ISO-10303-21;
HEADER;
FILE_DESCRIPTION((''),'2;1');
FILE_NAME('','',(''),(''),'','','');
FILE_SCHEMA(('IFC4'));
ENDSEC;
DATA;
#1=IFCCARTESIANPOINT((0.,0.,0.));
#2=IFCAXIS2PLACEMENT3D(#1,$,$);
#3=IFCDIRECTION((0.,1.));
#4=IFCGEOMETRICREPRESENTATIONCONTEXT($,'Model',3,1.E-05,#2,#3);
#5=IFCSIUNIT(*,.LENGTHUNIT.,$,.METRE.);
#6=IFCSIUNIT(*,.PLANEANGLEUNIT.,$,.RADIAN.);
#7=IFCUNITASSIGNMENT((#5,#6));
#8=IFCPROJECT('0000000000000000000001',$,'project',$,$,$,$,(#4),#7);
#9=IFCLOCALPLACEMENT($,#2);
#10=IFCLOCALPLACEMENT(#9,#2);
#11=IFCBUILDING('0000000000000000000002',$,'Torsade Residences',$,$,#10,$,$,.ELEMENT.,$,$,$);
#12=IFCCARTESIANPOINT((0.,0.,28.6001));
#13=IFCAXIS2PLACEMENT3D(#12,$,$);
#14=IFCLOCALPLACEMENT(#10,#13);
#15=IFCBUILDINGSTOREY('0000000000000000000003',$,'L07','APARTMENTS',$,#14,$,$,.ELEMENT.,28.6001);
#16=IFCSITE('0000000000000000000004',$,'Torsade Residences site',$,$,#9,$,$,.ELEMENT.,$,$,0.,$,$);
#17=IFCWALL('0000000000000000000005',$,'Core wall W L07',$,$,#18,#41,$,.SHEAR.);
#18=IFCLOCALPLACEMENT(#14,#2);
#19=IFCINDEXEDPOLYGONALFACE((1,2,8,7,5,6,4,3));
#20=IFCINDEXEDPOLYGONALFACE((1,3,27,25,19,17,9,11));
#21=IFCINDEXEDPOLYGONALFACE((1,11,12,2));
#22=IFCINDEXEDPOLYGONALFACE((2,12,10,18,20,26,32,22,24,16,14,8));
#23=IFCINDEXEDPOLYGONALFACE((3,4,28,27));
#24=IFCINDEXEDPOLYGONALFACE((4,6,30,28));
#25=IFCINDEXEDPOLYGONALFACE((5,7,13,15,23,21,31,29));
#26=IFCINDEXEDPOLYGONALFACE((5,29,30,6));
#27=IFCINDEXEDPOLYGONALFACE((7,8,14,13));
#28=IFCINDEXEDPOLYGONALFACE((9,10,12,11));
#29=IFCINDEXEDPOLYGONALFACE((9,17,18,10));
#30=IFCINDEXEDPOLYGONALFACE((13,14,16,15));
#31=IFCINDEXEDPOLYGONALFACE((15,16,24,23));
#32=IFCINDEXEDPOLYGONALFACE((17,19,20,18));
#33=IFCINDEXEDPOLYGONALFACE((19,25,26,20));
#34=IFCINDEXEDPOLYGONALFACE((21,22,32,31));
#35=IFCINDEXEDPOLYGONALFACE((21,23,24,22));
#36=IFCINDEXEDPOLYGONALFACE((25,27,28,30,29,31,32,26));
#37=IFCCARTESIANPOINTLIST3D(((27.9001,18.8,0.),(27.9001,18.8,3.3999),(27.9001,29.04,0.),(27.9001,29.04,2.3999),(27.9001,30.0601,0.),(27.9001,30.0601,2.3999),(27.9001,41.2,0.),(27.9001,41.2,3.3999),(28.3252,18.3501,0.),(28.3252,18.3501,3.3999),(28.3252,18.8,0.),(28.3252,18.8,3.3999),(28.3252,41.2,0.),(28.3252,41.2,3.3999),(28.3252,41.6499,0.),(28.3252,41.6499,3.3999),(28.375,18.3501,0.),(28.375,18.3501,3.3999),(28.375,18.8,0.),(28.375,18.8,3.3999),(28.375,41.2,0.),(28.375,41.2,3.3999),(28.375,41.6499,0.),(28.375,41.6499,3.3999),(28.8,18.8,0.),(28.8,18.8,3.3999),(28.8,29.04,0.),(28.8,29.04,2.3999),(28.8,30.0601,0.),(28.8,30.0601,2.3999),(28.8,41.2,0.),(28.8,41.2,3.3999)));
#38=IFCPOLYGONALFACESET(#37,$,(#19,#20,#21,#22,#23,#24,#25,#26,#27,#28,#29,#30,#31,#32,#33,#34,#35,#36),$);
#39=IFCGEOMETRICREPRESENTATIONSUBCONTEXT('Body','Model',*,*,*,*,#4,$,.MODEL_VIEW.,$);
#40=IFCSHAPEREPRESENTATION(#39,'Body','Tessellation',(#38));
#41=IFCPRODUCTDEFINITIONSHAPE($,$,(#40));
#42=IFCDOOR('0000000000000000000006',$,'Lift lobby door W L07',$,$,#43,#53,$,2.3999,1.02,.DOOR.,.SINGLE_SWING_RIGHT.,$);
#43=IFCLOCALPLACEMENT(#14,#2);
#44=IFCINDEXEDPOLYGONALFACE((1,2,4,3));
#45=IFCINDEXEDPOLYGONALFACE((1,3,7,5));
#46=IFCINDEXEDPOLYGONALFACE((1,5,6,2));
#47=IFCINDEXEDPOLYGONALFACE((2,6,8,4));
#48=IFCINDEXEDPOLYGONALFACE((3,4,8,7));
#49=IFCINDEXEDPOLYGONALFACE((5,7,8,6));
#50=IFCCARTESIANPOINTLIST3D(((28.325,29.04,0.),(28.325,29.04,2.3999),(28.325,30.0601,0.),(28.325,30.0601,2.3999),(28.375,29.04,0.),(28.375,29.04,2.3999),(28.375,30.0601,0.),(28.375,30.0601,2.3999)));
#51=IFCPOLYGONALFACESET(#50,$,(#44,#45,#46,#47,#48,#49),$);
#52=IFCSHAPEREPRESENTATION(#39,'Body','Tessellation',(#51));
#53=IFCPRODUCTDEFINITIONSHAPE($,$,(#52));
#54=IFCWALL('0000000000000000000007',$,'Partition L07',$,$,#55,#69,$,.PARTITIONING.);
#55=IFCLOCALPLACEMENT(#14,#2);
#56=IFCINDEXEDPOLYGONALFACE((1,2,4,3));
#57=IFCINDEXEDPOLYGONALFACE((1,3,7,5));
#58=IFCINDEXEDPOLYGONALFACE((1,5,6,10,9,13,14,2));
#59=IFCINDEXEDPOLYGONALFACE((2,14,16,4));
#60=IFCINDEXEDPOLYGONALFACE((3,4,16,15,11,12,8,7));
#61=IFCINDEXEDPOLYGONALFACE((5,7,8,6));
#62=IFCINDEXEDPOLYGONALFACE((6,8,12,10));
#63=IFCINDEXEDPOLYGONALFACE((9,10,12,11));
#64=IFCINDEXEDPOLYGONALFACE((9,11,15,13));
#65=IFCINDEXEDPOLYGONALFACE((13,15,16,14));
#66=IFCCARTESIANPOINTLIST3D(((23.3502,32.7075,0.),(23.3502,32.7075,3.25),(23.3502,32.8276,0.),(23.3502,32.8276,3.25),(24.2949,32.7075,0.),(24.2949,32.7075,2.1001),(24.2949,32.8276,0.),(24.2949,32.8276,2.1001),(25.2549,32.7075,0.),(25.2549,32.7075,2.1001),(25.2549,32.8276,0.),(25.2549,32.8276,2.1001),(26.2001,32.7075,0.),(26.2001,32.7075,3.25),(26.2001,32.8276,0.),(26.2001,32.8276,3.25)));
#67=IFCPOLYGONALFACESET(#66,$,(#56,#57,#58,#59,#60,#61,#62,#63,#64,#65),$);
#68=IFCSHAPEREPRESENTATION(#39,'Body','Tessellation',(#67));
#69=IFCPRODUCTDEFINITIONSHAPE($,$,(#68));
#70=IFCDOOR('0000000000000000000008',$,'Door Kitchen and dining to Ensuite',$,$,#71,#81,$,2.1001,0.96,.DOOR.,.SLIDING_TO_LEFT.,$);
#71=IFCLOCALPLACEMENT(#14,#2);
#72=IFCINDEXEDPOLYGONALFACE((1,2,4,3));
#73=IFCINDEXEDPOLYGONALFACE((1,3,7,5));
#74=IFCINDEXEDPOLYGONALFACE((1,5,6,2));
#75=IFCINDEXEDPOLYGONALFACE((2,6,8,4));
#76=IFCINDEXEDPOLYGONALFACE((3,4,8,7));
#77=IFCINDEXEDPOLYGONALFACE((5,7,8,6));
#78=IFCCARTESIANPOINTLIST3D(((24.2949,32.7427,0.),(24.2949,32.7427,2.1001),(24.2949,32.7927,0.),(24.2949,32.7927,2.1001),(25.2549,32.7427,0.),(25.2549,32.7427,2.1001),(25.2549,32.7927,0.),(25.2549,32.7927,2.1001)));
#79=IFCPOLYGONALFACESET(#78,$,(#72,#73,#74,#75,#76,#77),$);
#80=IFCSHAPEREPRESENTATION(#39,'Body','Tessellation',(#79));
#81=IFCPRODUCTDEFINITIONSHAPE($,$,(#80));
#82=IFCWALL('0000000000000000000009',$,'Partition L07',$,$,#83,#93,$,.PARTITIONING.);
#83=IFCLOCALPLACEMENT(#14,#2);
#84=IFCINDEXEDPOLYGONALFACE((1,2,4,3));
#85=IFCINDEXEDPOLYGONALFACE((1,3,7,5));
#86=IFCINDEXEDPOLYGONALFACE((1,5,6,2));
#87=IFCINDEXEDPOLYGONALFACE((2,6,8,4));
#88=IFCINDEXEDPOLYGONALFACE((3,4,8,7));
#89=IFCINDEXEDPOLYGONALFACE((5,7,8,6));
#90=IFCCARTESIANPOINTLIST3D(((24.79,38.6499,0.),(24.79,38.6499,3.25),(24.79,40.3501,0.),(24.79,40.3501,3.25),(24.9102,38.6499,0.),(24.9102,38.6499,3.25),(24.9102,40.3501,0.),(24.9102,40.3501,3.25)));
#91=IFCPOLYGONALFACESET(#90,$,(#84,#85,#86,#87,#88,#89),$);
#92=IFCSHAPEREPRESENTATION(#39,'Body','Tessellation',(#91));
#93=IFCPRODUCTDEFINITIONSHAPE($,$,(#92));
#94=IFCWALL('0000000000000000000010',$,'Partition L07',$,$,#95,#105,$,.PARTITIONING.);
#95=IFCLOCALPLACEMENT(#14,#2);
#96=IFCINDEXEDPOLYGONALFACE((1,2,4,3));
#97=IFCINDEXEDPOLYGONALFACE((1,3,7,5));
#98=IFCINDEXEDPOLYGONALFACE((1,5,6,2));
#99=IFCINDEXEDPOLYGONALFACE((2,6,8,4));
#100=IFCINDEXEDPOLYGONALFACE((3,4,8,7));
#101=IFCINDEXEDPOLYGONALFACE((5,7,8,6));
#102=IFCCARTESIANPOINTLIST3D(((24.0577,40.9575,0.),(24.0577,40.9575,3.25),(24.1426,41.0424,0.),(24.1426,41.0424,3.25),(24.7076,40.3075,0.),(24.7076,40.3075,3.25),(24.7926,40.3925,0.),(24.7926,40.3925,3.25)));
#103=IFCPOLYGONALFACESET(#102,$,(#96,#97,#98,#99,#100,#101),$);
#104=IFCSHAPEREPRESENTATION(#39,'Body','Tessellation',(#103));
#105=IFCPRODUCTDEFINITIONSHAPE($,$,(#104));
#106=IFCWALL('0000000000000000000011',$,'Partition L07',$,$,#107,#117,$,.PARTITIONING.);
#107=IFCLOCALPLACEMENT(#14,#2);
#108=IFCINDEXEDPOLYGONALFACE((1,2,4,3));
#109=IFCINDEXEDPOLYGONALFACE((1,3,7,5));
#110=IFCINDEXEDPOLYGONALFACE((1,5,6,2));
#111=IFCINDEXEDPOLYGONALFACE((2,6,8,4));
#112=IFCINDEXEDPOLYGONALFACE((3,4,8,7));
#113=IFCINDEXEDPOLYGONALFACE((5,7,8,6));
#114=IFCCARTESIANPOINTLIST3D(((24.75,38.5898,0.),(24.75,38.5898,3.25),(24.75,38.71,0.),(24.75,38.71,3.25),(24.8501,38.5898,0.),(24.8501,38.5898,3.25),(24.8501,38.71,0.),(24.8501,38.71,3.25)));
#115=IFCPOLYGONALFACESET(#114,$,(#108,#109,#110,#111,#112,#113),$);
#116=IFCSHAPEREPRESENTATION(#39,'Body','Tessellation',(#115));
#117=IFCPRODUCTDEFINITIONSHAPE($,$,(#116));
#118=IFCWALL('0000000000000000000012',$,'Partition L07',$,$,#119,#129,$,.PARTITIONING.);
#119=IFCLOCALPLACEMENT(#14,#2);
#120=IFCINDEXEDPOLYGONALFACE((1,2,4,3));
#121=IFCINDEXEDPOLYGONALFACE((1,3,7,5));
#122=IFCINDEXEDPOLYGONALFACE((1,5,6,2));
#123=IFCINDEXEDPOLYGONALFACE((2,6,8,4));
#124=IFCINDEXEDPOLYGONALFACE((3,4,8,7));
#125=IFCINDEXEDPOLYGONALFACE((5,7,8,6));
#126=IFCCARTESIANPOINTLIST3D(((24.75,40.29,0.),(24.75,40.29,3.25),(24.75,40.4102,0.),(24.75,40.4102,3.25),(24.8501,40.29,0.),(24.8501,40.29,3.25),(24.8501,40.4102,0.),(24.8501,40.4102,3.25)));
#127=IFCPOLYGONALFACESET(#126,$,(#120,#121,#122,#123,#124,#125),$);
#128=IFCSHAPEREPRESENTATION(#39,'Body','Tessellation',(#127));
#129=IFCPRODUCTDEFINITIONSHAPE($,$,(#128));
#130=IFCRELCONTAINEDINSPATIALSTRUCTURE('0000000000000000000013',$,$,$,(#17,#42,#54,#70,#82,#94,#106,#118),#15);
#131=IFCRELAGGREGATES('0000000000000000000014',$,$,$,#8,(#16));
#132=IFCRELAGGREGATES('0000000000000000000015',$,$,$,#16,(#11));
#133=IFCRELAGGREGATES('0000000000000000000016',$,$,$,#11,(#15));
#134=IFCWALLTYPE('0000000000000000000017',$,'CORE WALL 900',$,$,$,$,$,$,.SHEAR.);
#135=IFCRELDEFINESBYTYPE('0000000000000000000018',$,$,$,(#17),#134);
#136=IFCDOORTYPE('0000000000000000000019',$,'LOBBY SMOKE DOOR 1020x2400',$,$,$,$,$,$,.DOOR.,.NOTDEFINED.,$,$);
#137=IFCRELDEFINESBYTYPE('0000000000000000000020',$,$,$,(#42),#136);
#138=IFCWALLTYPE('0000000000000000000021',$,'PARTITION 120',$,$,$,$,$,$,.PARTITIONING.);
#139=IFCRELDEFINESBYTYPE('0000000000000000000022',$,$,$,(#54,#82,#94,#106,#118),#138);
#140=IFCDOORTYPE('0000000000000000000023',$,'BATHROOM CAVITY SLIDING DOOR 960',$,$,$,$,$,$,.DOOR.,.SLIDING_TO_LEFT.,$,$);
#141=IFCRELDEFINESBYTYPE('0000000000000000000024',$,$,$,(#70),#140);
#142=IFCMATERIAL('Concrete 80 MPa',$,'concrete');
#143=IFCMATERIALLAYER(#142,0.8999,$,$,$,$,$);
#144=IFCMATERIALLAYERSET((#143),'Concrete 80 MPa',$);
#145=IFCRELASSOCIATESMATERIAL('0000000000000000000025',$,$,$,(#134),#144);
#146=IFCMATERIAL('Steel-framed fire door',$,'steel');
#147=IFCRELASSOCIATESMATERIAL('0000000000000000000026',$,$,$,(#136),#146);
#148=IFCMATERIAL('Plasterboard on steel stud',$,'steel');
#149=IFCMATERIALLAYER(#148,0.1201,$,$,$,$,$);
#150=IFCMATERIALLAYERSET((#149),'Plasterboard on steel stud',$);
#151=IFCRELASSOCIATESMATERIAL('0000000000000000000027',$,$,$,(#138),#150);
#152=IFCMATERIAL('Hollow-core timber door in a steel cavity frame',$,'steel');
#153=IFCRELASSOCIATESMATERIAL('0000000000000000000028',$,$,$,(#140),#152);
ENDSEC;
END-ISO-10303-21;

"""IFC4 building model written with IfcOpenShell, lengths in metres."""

from ifc_helpers import new_model, si_unit, direction, frame, frame_2d, origin, place, context, subcontext, project, spatial, polyline, rectangle, outline, extrude, material, layer, layer_set, type_object, element, fill, save


model = new_model("IFC4")

# Units and contexts
model_context = context("Model", 3, precision=1e-05, world=origin(), true_north=direction((0.0, 1.0)))
body_context = subcontext(model_context, "Body", "Model", "MODEL_VIEW")
ifc_project = project(units=[si_unit("LENGTHUNIT", "METRE"), si_unit("PLANEANGLEUNIT", "RADIAN")], contexts=[model_context])

# Site, building, storey
site_placement = place(None, origin())
site = spatial("IfcSite", under=ifc_project, at=site_placement, Name="Torsade Residences site", CompositionType="ELEMENT", RefElevation=0.0)
building_placement = place(site_placement, origin())
building = spatial("IfcBuilding", under=site, at=building_placement, Name="Torsade Residences", CompositionType="ELEMENT")
storey_placement = place(building_placement, frame((0.0, 0.0, 28.6001)))
storey = spatial("IfcBuildingStorey", under=building, at=storey_placement, Name="L07", Description="APARTMENTS", CompositionType="ELEMENT", Elevation=28.6001)

# Shared definitions
ifc_material_1 = material(Name="Concrete 80 MPa", Category="concrete")
ifc_layer_1 = layer(ifc_material_1, 0.8999)
ifc_layer_set_1 = layer_set([ifc_layer_1], Name="Concrete 80 MPa")
wall_type_1 = type_object("IfcWallType", Name="CORE WALL 900", PredefinedType="SHEAR", material=ifc_layer_set_1)

# Walls, openings, doors
wall_1_placement = place(storey_placement, frame((28.3501, 41.2, 0.0), z_axis=(0.0, 0.0, 1.0), x_axis=(0.0, -1.0, 0.0)))
wall_1 = element("IfcWall", 1, at=wall_1_placement, inside=storey, type_object=wall_type_1, Name="Core wall W L07", PredefinedType="SHEAR", context=body_context, shape_type="SweptSolid", body=[
    extrude(outline(polyline([(0.0, -0.45), (22.3999, -0.45), (22.3999, -0.0249), (22.8499, -0.0249), (22.8499, 0.0249), (22.3999, 0.0249), (22.3999, 0.45), (0.0, 0.45), (0.0, 0.0249), (-0.45, 0.0249), (-0.45, -0.0249), (0.0, -0.0249), (0.0, -0.45)])), origin(), (0.0, 0.0, 1.0), 3.3999),
])
opening_1_placement = place(wall_1_placement, frame((11.1399, 0.0, 0.0)))
opening_1 = element("IfcOpeningElement", 2, at=opening_1_placement, cuts=wall_1, PredefinedType="OPENING", context=body_context, shape_type="SweptSolid", body=[
    extrude(rectangle(XDim=1.02, YDim=2.3999, at=frame_2d((0.51, 1.2))), frame((0.0, 0.46, 0.0), z_axis=(0.0, -1.0, 0.0), x_axis=(1.0, 0.0, 0.0)), (0.0, 0.0, 1.0), 0.9199),
])
ifc_material_2 = material(Name="Steel-framed fire door", Category="steel")
door_type_1 = type_object("IfcDoorType", Name="LOBBY SMOKE DOOR 1020x2400", OperationType="NOTDEFINED", PredefinedType="DOOR", material=ifc_material_2)
door_1_placement = place(opening_1_placement, origin())
door_1 = element("IfcDoor", 3, at=door_1_placement, inside=storey, type_object=door_type_1, Name="Lift lobby door W L07", OperationType="SINGLE_SWING_RIGHT", OverallHeight=2.3999, OverallWidth=1.02, PredefinedType="DOOR", context=body_context, shape_type="SweptSolid", body=[
    extrude(rectangle(XDim=1.02, YDim=2.3999, at=frame_2d((0.51, 1.2))), frame((0.0, 0.0249, 0.0), z_axis=(0.0, -1.0, 0.0), x_axis=(1.0, 0.0, 0.0)), (0.0, 0.0, 1.0), 0.05),
])
fill(opening_1, door_1)
ifc_material_3 = material(Name="Plasterboard on steel stud", Category="steel")
ifc_layer_2 = layer(ifc_material_3, 0.1201)
ifc_layer_set_2 = layer_set([ifc_layer_2], Name="Plasterboard on steel stud")
wall_type_2 = type_object("IfcWallType", Name="PARTITION 120", PredefinedType="PARTITIONING", material=ifc_layer_set_2)
wall_2_placement = place(storey_placement, frame((26.2, 32.7676, 0.0), z_axis=(0.0, 0.0, 1.0), x_axis=(-1.0, 0.0, 0.0)))
wall_2 = element("IfcWall", 4, at=wall_2_placement, inside=storey, type_object=wall_type_2, Name="Partition L07", PredefinedType="PARTITIONING", context=body_context, shape_type="SweptSolid", body=[
    extrude(rectangle(XDim=2.8499, YDim=0.1201, at=frame_2d((1.4248, 0.0))), origin(), (0.0, 0.0, 1.0), 3.25),
])
opening_2_placement = place(wall_2_placement, frame((0.9451, 0.0, 0.0)))
opening_2 = element("IfcOpeningElement", 5, at=opening_2_placement, cuts=wall_2, PredefinedType="OPENING", context=body_context, shape_type="SweptSolid", body=[
    extrude(rectangle(XDim=0.96, YDim=2.1001, at=frame_2d((0.48, 1.05))), frame((0.0, 0.0701, 0.0), z_axis=(0.0, -1.0, 0.0), x_axis=(1.0, 0.0, 0.0)), (0.0, 0.0, 1.0), 0.1401),
])
ifc_material_4 = material(Name="Hollow-core timber door in a steel cavity frame", Category="steel")
door_type_2 = type_object("IfcDoorType", Name="BATHROOM CAVITY SLIDING DOOR 960", OperationType="SLIDING_TO_LEFT", PredefinedType="DOOR", material=ifc_material_4)
door_2_placement = place(opening_2_placement, origin())
door_2 = element("IfcDoor", 6, at=door_2_placement, inside=storey, type_object=door_type_2, Name="Door Kitchen and dining to Ensuite", OperationType="SLIDING_TO_LEFT", OverallHeight=2.1001, OverallWidth=0.96, PredefinedType="DOOR", context=body_context, shape_type="SweptSolid", body=[
    extrude(rectangle(XDim=0.96, YDim=2.1001, at=frame_2d((0.48, 1.05))), frame((0.0, 0.0249, 0.0), z_axis=(0.0, -1.0, 0.0), x_axis=(1.0, 0.0, 0.0)), (0.0, 0.0, 1.0), 0.05),
])
fill(opening_2, door_2)

# Walls
wall_3_placement = place(storey_placement, frame((24.8501, 38.6499, 0.0), z_axis=(0.0, 0.0, 1.0), x_axis=(0.0, 1.0, 0.0)))
element("IfcWall", 7, at=wall_3_placement, inside=storey, type_object=wall_type_2, Name="Partition L07", PredefinedType="PARTITIONING", context=body_context, shape_type="SweptSolid", body=[
    extrude(rectangle(XDim=1.7002, YDim=0.1201, at=frame_2d((0.8501, 0.0))), origin(), (0.0, 0.0, 1.0), 3.25),
])
wall_4_placement = place(storey_placement, frame((24.75, 40.3501, 0.0), z_axis=(0.0, 0.0, 1.0), x_axis=(-0.707107, 0.707107, 0.0)))
element("IfcWall", 8, at=wall_4_placement, inside=storey, type_object=wall_type_2, Name="Partition L07", PredefinedType="PARTITIONING", context=body_context, shape_type="SweptSolid", body=[
    extrude(rectangle(XDim=0.9192, YDim=0.1201, at=frame_2d((0.4595, 0.0))), origin(), (0.0, 0.0, 1.0), 3.25),
])
for number, where, z_axis, x_axis, name in (
    (9, (24.8501, 38.6499, 0.0), (0.0, 0.0, 1.0), (-1.0, 0.0, 0.0), "Partition L07"),
    (10, (24.8501, 40.3501, 0.0), (0.0, 0.0, 1.0), (-1.0, 0.0, 0.0), "Partition L07"),
):
    element("IfcWall", number, at=place(storey_placement, frame(where, z_axis=z_axis, x_axis=x_axis)), inside=storey, type_object=wall_type_2, Name=name, PredefinedType="PARTITIONING", context=body_context, shape_type="SweptSolid", body=[
        extrude(rectangle(XDim=0.1001, YDim=0.1201, at=frame_2d((0.05, 0.0))), origin(), (0.0, 0.0, 1.0), 3.25),
    ])

save(model, "model.ifc")
